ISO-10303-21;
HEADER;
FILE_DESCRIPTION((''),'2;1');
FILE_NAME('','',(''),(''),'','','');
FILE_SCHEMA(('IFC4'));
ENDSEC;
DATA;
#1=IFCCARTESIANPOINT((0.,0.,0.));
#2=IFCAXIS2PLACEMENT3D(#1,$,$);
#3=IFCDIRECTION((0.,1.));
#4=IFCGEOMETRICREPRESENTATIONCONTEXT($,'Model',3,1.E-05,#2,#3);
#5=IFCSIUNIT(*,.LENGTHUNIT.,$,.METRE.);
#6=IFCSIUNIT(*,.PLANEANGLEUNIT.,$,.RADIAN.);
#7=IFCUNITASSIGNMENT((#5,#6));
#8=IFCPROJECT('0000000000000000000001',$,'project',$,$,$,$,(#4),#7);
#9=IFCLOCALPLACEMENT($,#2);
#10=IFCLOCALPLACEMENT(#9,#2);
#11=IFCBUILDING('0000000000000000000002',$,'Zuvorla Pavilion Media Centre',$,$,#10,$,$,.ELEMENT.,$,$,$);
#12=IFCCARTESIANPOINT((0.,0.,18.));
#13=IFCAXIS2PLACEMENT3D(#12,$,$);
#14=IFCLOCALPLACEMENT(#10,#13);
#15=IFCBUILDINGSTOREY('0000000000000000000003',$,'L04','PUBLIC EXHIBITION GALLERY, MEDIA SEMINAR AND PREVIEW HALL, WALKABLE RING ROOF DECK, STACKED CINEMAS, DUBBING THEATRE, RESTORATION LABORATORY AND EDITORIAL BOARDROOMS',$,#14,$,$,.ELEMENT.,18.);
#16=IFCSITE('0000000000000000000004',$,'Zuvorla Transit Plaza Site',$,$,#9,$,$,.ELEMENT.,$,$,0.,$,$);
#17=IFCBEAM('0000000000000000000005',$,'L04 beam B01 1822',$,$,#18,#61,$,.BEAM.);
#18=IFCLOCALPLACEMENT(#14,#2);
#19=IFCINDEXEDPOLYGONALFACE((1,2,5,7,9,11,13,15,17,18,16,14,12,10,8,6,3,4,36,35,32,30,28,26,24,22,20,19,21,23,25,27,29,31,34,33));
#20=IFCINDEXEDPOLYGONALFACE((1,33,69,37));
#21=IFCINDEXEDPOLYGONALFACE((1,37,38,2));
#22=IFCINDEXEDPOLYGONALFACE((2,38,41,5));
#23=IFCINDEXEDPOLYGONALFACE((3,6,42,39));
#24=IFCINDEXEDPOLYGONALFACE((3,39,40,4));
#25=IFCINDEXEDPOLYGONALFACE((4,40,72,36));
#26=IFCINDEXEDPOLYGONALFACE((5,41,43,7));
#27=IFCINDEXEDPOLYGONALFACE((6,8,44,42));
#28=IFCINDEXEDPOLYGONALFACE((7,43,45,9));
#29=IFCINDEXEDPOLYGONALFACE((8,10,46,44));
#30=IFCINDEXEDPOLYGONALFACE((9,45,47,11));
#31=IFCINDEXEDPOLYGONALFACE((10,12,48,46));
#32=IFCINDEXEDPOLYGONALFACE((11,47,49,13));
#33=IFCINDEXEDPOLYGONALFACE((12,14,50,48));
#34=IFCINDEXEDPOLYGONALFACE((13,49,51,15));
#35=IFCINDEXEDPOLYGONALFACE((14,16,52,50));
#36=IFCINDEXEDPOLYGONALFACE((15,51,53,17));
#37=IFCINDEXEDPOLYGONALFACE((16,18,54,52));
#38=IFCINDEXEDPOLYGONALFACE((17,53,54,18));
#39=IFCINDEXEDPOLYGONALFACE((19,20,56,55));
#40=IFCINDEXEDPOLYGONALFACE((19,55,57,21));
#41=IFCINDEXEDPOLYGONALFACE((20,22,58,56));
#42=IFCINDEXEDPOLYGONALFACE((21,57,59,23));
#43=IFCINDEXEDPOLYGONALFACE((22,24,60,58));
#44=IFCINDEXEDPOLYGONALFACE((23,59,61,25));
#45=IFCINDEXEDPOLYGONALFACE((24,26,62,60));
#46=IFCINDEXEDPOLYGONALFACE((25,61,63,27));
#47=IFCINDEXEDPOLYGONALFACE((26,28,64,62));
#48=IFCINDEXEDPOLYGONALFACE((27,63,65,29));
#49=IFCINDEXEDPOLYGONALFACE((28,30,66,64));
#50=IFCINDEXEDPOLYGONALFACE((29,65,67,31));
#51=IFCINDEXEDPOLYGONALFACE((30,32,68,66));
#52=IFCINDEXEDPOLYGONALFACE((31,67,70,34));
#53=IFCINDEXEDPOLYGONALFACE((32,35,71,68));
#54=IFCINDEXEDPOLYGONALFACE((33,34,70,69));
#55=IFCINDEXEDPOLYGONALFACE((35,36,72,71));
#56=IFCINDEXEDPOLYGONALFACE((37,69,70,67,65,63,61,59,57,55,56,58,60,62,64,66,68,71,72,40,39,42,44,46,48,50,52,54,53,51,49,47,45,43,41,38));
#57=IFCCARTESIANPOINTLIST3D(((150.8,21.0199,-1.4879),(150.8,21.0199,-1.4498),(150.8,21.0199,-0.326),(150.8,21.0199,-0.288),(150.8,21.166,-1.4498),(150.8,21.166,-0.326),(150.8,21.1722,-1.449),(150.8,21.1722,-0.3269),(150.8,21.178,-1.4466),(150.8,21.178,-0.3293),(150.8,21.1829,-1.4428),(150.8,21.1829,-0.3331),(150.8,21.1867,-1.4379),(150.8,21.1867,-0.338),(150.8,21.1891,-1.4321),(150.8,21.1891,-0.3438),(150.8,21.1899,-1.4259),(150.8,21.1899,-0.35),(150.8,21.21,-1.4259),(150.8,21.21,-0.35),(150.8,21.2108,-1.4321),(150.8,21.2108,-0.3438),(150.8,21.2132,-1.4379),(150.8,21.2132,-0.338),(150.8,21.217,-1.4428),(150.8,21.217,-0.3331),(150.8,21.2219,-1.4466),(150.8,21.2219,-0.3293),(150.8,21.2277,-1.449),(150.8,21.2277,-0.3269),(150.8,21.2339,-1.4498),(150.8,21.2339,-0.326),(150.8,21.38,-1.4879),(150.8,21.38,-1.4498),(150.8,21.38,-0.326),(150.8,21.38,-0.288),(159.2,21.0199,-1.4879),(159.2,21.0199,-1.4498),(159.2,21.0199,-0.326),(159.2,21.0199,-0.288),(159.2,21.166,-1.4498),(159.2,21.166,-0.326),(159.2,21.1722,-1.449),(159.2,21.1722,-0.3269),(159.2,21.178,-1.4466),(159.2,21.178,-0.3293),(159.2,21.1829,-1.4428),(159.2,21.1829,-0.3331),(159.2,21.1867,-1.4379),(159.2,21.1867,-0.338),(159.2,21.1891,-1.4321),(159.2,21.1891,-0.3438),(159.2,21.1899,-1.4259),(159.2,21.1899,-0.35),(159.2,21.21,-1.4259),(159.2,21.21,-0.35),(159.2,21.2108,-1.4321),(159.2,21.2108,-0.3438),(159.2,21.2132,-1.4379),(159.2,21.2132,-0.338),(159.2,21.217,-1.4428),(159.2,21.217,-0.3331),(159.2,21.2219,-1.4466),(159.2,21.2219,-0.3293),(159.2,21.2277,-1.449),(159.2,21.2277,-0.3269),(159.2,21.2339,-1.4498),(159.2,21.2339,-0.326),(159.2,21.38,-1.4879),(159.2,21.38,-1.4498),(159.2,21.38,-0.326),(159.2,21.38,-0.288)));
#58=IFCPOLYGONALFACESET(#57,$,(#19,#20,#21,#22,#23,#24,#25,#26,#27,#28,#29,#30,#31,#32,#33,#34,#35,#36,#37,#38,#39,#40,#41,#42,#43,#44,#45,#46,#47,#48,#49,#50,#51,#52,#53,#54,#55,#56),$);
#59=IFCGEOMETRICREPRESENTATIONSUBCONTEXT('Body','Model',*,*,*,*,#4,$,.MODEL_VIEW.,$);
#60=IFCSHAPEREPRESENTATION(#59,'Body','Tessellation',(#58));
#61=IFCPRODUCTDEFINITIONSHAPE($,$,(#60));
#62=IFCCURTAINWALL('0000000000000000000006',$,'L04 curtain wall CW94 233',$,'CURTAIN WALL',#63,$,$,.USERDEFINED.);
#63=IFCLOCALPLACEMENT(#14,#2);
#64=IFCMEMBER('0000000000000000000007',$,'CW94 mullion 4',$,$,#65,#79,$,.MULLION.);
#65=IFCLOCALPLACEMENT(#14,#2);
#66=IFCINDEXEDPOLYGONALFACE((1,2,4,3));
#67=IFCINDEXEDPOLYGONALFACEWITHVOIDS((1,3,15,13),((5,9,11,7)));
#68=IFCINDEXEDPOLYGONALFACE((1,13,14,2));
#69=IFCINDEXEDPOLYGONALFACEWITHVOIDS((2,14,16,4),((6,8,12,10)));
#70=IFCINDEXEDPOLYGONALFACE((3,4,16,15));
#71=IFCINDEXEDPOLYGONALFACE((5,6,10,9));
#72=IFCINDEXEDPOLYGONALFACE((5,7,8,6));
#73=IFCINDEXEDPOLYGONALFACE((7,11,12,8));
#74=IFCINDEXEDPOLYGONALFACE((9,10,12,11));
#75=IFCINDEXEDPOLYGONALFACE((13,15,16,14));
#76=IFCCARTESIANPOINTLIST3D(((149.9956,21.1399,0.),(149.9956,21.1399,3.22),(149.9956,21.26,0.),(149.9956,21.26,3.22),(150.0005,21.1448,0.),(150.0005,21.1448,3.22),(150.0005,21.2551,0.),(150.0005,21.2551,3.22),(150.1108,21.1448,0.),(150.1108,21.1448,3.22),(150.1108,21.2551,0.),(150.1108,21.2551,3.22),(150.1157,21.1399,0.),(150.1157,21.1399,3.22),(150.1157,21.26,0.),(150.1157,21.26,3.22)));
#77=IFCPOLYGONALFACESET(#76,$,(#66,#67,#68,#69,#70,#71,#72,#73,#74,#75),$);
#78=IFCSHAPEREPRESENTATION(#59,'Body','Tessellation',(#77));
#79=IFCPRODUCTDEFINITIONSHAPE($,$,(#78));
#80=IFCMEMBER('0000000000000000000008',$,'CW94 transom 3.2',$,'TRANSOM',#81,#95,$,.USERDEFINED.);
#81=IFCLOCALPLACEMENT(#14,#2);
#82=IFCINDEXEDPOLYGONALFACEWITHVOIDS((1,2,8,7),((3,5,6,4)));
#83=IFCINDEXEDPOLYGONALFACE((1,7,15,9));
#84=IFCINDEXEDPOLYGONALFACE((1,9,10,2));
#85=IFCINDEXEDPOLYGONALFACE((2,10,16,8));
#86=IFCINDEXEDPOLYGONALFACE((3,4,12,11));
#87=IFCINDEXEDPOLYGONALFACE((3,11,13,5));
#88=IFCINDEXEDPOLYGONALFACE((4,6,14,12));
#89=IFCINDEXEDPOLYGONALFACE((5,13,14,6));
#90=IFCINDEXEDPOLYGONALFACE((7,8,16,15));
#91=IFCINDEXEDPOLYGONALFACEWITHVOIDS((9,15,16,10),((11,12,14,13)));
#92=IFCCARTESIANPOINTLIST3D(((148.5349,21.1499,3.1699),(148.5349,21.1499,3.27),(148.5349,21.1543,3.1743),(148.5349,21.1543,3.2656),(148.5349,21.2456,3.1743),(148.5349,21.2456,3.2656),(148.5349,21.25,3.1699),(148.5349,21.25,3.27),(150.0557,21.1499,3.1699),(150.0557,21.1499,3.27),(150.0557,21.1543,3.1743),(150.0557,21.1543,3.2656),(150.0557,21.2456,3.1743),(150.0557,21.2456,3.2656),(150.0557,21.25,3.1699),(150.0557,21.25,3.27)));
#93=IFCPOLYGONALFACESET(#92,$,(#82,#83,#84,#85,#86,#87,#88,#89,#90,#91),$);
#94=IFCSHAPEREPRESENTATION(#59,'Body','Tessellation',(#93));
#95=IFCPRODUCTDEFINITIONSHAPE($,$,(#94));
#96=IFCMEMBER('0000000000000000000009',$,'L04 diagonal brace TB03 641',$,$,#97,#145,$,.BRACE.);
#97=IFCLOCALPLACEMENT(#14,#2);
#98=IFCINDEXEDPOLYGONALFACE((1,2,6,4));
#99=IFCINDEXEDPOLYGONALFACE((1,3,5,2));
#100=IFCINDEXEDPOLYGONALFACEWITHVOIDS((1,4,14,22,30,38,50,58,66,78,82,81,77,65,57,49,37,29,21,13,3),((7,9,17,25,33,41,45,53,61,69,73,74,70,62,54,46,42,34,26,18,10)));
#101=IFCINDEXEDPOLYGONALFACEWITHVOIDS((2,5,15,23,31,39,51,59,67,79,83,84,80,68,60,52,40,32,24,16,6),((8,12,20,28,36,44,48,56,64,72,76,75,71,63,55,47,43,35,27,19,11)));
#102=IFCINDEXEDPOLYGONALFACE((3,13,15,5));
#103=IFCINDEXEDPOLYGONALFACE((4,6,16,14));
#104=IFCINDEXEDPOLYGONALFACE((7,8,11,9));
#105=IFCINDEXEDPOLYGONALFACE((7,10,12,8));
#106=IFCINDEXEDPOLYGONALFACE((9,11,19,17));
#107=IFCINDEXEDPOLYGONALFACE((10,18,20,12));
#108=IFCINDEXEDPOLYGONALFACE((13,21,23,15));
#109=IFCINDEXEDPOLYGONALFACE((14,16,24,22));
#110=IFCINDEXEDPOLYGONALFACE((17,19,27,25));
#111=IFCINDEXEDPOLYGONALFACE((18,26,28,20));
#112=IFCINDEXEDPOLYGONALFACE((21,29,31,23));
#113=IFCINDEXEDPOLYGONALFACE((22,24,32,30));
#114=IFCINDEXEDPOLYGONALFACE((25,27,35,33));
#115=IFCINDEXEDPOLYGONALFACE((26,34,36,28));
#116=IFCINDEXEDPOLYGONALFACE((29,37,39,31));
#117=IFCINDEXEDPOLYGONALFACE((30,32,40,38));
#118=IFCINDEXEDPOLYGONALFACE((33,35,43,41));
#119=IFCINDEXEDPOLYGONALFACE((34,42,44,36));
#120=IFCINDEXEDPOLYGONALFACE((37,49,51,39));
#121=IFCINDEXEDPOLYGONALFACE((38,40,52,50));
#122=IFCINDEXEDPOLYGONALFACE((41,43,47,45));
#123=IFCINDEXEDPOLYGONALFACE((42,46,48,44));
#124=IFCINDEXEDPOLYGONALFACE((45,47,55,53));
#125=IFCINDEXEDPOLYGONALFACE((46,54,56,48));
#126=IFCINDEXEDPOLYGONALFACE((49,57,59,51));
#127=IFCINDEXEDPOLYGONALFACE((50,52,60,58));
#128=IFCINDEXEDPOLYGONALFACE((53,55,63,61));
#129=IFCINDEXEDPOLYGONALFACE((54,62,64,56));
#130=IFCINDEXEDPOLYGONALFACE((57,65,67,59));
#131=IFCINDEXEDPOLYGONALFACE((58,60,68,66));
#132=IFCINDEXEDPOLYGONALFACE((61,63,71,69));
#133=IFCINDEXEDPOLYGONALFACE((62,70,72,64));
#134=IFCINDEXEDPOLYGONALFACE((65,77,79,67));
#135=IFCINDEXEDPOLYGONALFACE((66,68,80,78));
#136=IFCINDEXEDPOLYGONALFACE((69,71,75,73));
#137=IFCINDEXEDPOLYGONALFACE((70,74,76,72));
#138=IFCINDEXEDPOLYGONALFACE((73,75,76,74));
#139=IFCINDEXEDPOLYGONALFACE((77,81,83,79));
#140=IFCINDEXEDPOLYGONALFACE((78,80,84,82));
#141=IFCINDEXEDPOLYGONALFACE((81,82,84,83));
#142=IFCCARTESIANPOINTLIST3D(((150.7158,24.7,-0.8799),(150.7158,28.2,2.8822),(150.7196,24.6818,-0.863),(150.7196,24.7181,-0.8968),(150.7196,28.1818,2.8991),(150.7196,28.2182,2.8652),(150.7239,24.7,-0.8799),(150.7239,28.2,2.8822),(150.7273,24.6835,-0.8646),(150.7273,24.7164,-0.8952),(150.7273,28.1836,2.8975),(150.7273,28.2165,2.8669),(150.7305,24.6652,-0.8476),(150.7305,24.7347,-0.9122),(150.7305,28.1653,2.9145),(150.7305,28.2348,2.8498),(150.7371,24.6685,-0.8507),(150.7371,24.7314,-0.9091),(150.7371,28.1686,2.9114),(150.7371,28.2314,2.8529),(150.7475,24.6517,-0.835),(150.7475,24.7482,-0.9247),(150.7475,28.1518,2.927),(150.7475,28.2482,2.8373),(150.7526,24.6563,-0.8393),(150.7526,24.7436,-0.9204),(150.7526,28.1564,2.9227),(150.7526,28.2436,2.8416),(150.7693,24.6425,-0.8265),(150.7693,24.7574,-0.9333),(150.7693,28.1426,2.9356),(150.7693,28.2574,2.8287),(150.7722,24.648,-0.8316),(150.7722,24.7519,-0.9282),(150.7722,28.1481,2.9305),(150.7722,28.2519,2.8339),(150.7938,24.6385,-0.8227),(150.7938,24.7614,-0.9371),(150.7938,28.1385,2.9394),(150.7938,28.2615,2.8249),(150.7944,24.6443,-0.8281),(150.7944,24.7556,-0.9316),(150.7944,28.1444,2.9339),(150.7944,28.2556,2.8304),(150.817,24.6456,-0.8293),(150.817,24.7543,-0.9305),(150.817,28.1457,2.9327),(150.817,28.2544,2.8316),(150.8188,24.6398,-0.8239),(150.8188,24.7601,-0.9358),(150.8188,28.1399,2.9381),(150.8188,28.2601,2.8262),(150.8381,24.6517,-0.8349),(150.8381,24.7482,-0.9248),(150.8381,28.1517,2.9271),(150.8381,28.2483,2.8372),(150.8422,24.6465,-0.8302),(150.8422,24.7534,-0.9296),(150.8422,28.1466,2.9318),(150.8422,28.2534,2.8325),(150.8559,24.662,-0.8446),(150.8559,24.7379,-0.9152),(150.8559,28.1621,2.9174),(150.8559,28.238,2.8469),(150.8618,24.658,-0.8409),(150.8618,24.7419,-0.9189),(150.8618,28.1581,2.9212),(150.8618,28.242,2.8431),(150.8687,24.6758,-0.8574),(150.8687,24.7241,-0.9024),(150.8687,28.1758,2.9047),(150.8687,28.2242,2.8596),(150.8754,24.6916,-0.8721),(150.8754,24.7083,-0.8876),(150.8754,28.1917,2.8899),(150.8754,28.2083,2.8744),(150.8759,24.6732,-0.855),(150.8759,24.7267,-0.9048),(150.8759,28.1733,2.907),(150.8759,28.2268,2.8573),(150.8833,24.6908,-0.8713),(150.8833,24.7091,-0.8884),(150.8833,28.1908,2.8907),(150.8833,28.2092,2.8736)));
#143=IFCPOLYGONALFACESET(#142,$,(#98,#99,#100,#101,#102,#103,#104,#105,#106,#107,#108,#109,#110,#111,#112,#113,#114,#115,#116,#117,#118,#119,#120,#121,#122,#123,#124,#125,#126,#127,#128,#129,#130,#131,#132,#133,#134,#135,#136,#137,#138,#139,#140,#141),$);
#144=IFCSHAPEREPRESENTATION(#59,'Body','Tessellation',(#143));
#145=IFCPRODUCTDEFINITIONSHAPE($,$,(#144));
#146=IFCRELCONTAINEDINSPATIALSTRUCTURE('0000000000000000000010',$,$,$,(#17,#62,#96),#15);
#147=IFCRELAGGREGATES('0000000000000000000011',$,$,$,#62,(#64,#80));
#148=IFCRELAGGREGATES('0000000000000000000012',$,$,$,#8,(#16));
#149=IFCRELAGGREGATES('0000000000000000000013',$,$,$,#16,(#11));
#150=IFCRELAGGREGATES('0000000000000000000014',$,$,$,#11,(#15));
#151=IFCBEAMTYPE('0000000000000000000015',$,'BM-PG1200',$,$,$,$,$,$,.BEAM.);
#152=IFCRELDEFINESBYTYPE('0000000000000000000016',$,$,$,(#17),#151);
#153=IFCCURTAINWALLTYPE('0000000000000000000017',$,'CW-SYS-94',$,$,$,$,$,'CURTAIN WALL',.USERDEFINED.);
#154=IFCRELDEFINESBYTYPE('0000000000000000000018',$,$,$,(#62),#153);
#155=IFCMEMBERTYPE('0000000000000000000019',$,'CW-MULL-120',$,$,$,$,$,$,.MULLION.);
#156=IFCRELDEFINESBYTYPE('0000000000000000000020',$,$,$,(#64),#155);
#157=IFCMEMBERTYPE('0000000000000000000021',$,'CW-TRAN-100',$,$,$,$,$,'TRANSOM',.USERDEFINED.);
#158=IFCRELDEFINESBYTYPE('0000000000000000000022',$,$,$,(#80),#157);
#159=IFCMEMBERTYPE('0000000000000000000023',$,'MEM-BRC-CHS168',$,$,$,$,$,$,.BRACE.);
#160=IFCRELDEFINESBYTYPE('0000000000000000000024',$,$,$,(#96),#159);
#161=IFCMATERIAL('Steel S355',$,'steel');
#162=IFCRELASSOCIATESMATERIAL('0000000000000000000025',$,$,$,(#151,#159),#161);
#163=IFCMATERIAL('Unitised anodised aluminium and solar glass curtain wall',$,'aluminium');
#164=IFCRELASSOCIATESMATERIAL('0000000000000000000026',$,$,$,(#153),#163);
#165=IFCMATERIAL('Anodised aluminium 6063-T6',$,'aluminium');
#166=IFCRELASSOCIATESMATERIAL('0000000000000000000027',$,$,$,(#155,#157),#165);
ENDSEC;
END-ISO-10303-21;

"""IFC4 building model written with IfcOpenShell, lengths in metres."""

from ifc_helpers import new_model, si_unit, direction, frame, origin, origin_2d, place, context, subcontext, project, spatial, hollow_rectangle, hollow_circle, i_section, extrude, material, material_profile, profile_set, type_object, element, aggregate, save


model = new_model("IFC4")

# Units and contexts
model_context = context("Model", 3, precision=1e-05, world=origin(), true_north=direction((0.0, 1.0)))
body_context = subcontext(model_context, "Body", "Model", "MODEL_VIEW")
ifc_project = project(units=[si_unit("LENGTHUNIT", "METRE"), si_unit("PLANEANGLEUNIT", "RADIAN")], contexts=[model_context])

# Site, building, storey
site_placement = place(None, origin())
site = spatial("IfcSite", under=ifc_project, at=site_placement, Name="Zuvorla Transit Plaza Site", CompositionType="ELEMENT", RefElevation=0.0)
building_placement = place(site_placement, origin())
building = spatial("IfcBuilding", under=site, at=building_placement, Name="Zuvorla Pavilion Media Centre", CompositionType="ELEMENT")
storey_placement = place(building_placement, frame((0.0, 0.0, 18.0)))
storey = spatial("IfcBuildingStorey", under=building, at=storey_placement, Name="L04", Description="PUBLIC EXHIBITION GALLERY, MEDIA SEMINAR AND PREVIEW HALL, WALKABLE RING ROOF DECK, STACKED CINEMAS, DUBBING THEATRE, RESTORATION LABORATORY AND EDITORIAL BOARDROOMS", CompositionType="ELEMENT", Elevation=18.0)

# Beam
ifc_material_1 = material(Name="Steel S355", Category="steel")
ifc_material_profile_1 = material_profile(ifc_material_1, i_section(OverallWidth=0.3601, OverallDepth=1.2, WebThickness=0.02, FlangeThickness=0.0381, FilletRadius=0.0239, at=origin_2d()), Name="PG 1200x360x38")
ifc_profile_set_1 = profile_set([ifc_material_profile_1], Name="Steel S355")
beam_type = type_object("IfcBeamType", Name="BM-PG1200", PredefinedType="BEAM", material=ifc_profile_set_1)
beam_placement = place(storey_placement, frame((150.8, 21.2, -0.8879), z_axis=(1.0, 0.0, 0.0), x_axis=(0.0, 1.0, 0.0)))
element("IfcBeam", 1, at=beam_placement, inside=storey, type_object=beam_type, Name="L04 beam B01 1822", PredefinedType="BEAM", context=body_context, shape_type="SweptSolid", body=[
    extrude(i_section(OverallWidth=0.3601, OverallDepth=1.2, WebThickness=0.02, FlangeThickness=0.0381, FilletRadius=0.0239, at=origin_2d()), origin(), (0.0, 0.0, 1.0), 8.3999),
])

# Curtain wall, members
ifc_material_2 = material(Name="Unitised anodised aluminium and solar glass curtain wall", Category="aluminium")
curtain_wall_type = type_object("IfcCurtainWallType", Name="CW-SYS-94", ElementType="CURTAIN WALL", PredefinedType="USERDEFINED", material=ifc_material_2)
curtain_wall_placement = place(storey_placement, origin())
curtain_wall = element("IfcCurtainWall", 2, at=curtain_wall_placement, inside=storey, type_object=curtain_wall_type, Name="L04 curtain wall CW94 233", ObjectType="CURTAIN WALL", PredefinedType="USERDEFINED")
ifc_material_3 = material(Name="Anodised aluminium 6063-T6", Category="aluminium")
ifc_material_profile_2 = material_profile(ifc_material_3, hollow_rectangle(XDim=0.1201, YDim=0.1201, WallThickness=0.0049, at=origin_2d()), Name="ALU MULL 120x120")
ifc_profile_set_2 = profile_set([ifc_material_profile_2], Name="Anodised aluminium 6063-T6")
member_type_1 = type_object("IfcMemberType", Name="CW-MULL-120", PredefinedType="MULLION", material=ifc_profile_set_2)
member_1_placement = place(storey_placement, frame((150.0557, 21.2, 0.0), z_axis=(0.0, 0.0, 1.0), x_axis=(1.0, 0.0, 0.0)))
member_1 = element("IfcMember", 3, at=member_1_placement, type_object=member_type_1, Name="CW94 mullion 4", PredefinedType="MULLION", context=body_context, shape_type="SweptSolid", body=[
    extrude(hollow_rectangle(XDim=0.1201, YDim=0.1201, WallThickness=0.0049, at=origin_2d()), origin(), (0.0, 0.0, 1.0), 3.22),
])
ifc_material_profile_3 = material_profile(ifc_material_3, hollow_rectangle(XDim=0.1001, YDim=0.1001, WallThickness=0.0044, at=origin_2d()), Name="ALU TRAN 100x100")
ifc_profile_set_3 = profile_set([ifc_material_profile_3], Name="Anodised aluminium 6063-T6")
member_type_2 = type_object("IfcMemberType", Name="CW-TRAN-100", ElementType="TRANSOM", PredefinedType="USERDEFINED", material=ifc_profile_set_3)
member_2_placement = place(storey_placement, frame((148.5349, 21.2, 3.22), z_axis=(1.0, 0.0, 0.0), x_axis=(0.0, 1.0, 0.0)))
member_2 = element("IfcMember", 4, at=member_2_placement, type_object=member_type_2, Name="CW94 transom 3.2", ObjectType="TRANSOM", PredefinedType="USERDEFINED", context=body_context, shape_type="SweptSolid", body=[
    extrude(hollow_rectangle(XDim=0.1001, YDim=0.1001, WallThickness=0.0044, at=origin_2d()), origin(), (0.0, 0.0, 1.0), 1.5208),
])

# Member
ifc_material_profile_4 = material_profile(ifc_material_1, hollow_circle(Radius=0.0842, WallThickness=0.0081, at=origin_2d()), Name="CHS 168.3x8")
ifc_profile_set_4 = profile_set([ifc_material_profile_4], Name="Steel S355")
member_type_3 = type_object("IfcMemberType", Name="MEM-BRC-CHS168", PredefinedType="BRACE", material=ifc_profile_set_4)
member_3_placement = place(storey_placement, frame((150.8, 24.7, -0.8799), z_axis=(0.0, 0.681156, 0.732138), x_axis=(-1.0, 0.0, 0.0)))
element("IfcMember", 5, at=member_3_placement, inside=storey, type_object=member_type_3, Name="L04 diagonal brace TB03 641", PredefinedType="BRACE", context=body_context, shape_type="SweptSolid", body=[
    extrude(hollow_circle(Radius=0.0842, WallThickness=0.0081, at=origin_2d()), origin(), (0.0, 0.0, 1.0), 5.1384),
])

aggregate(curtain_wall, [member_1, member_2])

save(model, "model.ifc")
